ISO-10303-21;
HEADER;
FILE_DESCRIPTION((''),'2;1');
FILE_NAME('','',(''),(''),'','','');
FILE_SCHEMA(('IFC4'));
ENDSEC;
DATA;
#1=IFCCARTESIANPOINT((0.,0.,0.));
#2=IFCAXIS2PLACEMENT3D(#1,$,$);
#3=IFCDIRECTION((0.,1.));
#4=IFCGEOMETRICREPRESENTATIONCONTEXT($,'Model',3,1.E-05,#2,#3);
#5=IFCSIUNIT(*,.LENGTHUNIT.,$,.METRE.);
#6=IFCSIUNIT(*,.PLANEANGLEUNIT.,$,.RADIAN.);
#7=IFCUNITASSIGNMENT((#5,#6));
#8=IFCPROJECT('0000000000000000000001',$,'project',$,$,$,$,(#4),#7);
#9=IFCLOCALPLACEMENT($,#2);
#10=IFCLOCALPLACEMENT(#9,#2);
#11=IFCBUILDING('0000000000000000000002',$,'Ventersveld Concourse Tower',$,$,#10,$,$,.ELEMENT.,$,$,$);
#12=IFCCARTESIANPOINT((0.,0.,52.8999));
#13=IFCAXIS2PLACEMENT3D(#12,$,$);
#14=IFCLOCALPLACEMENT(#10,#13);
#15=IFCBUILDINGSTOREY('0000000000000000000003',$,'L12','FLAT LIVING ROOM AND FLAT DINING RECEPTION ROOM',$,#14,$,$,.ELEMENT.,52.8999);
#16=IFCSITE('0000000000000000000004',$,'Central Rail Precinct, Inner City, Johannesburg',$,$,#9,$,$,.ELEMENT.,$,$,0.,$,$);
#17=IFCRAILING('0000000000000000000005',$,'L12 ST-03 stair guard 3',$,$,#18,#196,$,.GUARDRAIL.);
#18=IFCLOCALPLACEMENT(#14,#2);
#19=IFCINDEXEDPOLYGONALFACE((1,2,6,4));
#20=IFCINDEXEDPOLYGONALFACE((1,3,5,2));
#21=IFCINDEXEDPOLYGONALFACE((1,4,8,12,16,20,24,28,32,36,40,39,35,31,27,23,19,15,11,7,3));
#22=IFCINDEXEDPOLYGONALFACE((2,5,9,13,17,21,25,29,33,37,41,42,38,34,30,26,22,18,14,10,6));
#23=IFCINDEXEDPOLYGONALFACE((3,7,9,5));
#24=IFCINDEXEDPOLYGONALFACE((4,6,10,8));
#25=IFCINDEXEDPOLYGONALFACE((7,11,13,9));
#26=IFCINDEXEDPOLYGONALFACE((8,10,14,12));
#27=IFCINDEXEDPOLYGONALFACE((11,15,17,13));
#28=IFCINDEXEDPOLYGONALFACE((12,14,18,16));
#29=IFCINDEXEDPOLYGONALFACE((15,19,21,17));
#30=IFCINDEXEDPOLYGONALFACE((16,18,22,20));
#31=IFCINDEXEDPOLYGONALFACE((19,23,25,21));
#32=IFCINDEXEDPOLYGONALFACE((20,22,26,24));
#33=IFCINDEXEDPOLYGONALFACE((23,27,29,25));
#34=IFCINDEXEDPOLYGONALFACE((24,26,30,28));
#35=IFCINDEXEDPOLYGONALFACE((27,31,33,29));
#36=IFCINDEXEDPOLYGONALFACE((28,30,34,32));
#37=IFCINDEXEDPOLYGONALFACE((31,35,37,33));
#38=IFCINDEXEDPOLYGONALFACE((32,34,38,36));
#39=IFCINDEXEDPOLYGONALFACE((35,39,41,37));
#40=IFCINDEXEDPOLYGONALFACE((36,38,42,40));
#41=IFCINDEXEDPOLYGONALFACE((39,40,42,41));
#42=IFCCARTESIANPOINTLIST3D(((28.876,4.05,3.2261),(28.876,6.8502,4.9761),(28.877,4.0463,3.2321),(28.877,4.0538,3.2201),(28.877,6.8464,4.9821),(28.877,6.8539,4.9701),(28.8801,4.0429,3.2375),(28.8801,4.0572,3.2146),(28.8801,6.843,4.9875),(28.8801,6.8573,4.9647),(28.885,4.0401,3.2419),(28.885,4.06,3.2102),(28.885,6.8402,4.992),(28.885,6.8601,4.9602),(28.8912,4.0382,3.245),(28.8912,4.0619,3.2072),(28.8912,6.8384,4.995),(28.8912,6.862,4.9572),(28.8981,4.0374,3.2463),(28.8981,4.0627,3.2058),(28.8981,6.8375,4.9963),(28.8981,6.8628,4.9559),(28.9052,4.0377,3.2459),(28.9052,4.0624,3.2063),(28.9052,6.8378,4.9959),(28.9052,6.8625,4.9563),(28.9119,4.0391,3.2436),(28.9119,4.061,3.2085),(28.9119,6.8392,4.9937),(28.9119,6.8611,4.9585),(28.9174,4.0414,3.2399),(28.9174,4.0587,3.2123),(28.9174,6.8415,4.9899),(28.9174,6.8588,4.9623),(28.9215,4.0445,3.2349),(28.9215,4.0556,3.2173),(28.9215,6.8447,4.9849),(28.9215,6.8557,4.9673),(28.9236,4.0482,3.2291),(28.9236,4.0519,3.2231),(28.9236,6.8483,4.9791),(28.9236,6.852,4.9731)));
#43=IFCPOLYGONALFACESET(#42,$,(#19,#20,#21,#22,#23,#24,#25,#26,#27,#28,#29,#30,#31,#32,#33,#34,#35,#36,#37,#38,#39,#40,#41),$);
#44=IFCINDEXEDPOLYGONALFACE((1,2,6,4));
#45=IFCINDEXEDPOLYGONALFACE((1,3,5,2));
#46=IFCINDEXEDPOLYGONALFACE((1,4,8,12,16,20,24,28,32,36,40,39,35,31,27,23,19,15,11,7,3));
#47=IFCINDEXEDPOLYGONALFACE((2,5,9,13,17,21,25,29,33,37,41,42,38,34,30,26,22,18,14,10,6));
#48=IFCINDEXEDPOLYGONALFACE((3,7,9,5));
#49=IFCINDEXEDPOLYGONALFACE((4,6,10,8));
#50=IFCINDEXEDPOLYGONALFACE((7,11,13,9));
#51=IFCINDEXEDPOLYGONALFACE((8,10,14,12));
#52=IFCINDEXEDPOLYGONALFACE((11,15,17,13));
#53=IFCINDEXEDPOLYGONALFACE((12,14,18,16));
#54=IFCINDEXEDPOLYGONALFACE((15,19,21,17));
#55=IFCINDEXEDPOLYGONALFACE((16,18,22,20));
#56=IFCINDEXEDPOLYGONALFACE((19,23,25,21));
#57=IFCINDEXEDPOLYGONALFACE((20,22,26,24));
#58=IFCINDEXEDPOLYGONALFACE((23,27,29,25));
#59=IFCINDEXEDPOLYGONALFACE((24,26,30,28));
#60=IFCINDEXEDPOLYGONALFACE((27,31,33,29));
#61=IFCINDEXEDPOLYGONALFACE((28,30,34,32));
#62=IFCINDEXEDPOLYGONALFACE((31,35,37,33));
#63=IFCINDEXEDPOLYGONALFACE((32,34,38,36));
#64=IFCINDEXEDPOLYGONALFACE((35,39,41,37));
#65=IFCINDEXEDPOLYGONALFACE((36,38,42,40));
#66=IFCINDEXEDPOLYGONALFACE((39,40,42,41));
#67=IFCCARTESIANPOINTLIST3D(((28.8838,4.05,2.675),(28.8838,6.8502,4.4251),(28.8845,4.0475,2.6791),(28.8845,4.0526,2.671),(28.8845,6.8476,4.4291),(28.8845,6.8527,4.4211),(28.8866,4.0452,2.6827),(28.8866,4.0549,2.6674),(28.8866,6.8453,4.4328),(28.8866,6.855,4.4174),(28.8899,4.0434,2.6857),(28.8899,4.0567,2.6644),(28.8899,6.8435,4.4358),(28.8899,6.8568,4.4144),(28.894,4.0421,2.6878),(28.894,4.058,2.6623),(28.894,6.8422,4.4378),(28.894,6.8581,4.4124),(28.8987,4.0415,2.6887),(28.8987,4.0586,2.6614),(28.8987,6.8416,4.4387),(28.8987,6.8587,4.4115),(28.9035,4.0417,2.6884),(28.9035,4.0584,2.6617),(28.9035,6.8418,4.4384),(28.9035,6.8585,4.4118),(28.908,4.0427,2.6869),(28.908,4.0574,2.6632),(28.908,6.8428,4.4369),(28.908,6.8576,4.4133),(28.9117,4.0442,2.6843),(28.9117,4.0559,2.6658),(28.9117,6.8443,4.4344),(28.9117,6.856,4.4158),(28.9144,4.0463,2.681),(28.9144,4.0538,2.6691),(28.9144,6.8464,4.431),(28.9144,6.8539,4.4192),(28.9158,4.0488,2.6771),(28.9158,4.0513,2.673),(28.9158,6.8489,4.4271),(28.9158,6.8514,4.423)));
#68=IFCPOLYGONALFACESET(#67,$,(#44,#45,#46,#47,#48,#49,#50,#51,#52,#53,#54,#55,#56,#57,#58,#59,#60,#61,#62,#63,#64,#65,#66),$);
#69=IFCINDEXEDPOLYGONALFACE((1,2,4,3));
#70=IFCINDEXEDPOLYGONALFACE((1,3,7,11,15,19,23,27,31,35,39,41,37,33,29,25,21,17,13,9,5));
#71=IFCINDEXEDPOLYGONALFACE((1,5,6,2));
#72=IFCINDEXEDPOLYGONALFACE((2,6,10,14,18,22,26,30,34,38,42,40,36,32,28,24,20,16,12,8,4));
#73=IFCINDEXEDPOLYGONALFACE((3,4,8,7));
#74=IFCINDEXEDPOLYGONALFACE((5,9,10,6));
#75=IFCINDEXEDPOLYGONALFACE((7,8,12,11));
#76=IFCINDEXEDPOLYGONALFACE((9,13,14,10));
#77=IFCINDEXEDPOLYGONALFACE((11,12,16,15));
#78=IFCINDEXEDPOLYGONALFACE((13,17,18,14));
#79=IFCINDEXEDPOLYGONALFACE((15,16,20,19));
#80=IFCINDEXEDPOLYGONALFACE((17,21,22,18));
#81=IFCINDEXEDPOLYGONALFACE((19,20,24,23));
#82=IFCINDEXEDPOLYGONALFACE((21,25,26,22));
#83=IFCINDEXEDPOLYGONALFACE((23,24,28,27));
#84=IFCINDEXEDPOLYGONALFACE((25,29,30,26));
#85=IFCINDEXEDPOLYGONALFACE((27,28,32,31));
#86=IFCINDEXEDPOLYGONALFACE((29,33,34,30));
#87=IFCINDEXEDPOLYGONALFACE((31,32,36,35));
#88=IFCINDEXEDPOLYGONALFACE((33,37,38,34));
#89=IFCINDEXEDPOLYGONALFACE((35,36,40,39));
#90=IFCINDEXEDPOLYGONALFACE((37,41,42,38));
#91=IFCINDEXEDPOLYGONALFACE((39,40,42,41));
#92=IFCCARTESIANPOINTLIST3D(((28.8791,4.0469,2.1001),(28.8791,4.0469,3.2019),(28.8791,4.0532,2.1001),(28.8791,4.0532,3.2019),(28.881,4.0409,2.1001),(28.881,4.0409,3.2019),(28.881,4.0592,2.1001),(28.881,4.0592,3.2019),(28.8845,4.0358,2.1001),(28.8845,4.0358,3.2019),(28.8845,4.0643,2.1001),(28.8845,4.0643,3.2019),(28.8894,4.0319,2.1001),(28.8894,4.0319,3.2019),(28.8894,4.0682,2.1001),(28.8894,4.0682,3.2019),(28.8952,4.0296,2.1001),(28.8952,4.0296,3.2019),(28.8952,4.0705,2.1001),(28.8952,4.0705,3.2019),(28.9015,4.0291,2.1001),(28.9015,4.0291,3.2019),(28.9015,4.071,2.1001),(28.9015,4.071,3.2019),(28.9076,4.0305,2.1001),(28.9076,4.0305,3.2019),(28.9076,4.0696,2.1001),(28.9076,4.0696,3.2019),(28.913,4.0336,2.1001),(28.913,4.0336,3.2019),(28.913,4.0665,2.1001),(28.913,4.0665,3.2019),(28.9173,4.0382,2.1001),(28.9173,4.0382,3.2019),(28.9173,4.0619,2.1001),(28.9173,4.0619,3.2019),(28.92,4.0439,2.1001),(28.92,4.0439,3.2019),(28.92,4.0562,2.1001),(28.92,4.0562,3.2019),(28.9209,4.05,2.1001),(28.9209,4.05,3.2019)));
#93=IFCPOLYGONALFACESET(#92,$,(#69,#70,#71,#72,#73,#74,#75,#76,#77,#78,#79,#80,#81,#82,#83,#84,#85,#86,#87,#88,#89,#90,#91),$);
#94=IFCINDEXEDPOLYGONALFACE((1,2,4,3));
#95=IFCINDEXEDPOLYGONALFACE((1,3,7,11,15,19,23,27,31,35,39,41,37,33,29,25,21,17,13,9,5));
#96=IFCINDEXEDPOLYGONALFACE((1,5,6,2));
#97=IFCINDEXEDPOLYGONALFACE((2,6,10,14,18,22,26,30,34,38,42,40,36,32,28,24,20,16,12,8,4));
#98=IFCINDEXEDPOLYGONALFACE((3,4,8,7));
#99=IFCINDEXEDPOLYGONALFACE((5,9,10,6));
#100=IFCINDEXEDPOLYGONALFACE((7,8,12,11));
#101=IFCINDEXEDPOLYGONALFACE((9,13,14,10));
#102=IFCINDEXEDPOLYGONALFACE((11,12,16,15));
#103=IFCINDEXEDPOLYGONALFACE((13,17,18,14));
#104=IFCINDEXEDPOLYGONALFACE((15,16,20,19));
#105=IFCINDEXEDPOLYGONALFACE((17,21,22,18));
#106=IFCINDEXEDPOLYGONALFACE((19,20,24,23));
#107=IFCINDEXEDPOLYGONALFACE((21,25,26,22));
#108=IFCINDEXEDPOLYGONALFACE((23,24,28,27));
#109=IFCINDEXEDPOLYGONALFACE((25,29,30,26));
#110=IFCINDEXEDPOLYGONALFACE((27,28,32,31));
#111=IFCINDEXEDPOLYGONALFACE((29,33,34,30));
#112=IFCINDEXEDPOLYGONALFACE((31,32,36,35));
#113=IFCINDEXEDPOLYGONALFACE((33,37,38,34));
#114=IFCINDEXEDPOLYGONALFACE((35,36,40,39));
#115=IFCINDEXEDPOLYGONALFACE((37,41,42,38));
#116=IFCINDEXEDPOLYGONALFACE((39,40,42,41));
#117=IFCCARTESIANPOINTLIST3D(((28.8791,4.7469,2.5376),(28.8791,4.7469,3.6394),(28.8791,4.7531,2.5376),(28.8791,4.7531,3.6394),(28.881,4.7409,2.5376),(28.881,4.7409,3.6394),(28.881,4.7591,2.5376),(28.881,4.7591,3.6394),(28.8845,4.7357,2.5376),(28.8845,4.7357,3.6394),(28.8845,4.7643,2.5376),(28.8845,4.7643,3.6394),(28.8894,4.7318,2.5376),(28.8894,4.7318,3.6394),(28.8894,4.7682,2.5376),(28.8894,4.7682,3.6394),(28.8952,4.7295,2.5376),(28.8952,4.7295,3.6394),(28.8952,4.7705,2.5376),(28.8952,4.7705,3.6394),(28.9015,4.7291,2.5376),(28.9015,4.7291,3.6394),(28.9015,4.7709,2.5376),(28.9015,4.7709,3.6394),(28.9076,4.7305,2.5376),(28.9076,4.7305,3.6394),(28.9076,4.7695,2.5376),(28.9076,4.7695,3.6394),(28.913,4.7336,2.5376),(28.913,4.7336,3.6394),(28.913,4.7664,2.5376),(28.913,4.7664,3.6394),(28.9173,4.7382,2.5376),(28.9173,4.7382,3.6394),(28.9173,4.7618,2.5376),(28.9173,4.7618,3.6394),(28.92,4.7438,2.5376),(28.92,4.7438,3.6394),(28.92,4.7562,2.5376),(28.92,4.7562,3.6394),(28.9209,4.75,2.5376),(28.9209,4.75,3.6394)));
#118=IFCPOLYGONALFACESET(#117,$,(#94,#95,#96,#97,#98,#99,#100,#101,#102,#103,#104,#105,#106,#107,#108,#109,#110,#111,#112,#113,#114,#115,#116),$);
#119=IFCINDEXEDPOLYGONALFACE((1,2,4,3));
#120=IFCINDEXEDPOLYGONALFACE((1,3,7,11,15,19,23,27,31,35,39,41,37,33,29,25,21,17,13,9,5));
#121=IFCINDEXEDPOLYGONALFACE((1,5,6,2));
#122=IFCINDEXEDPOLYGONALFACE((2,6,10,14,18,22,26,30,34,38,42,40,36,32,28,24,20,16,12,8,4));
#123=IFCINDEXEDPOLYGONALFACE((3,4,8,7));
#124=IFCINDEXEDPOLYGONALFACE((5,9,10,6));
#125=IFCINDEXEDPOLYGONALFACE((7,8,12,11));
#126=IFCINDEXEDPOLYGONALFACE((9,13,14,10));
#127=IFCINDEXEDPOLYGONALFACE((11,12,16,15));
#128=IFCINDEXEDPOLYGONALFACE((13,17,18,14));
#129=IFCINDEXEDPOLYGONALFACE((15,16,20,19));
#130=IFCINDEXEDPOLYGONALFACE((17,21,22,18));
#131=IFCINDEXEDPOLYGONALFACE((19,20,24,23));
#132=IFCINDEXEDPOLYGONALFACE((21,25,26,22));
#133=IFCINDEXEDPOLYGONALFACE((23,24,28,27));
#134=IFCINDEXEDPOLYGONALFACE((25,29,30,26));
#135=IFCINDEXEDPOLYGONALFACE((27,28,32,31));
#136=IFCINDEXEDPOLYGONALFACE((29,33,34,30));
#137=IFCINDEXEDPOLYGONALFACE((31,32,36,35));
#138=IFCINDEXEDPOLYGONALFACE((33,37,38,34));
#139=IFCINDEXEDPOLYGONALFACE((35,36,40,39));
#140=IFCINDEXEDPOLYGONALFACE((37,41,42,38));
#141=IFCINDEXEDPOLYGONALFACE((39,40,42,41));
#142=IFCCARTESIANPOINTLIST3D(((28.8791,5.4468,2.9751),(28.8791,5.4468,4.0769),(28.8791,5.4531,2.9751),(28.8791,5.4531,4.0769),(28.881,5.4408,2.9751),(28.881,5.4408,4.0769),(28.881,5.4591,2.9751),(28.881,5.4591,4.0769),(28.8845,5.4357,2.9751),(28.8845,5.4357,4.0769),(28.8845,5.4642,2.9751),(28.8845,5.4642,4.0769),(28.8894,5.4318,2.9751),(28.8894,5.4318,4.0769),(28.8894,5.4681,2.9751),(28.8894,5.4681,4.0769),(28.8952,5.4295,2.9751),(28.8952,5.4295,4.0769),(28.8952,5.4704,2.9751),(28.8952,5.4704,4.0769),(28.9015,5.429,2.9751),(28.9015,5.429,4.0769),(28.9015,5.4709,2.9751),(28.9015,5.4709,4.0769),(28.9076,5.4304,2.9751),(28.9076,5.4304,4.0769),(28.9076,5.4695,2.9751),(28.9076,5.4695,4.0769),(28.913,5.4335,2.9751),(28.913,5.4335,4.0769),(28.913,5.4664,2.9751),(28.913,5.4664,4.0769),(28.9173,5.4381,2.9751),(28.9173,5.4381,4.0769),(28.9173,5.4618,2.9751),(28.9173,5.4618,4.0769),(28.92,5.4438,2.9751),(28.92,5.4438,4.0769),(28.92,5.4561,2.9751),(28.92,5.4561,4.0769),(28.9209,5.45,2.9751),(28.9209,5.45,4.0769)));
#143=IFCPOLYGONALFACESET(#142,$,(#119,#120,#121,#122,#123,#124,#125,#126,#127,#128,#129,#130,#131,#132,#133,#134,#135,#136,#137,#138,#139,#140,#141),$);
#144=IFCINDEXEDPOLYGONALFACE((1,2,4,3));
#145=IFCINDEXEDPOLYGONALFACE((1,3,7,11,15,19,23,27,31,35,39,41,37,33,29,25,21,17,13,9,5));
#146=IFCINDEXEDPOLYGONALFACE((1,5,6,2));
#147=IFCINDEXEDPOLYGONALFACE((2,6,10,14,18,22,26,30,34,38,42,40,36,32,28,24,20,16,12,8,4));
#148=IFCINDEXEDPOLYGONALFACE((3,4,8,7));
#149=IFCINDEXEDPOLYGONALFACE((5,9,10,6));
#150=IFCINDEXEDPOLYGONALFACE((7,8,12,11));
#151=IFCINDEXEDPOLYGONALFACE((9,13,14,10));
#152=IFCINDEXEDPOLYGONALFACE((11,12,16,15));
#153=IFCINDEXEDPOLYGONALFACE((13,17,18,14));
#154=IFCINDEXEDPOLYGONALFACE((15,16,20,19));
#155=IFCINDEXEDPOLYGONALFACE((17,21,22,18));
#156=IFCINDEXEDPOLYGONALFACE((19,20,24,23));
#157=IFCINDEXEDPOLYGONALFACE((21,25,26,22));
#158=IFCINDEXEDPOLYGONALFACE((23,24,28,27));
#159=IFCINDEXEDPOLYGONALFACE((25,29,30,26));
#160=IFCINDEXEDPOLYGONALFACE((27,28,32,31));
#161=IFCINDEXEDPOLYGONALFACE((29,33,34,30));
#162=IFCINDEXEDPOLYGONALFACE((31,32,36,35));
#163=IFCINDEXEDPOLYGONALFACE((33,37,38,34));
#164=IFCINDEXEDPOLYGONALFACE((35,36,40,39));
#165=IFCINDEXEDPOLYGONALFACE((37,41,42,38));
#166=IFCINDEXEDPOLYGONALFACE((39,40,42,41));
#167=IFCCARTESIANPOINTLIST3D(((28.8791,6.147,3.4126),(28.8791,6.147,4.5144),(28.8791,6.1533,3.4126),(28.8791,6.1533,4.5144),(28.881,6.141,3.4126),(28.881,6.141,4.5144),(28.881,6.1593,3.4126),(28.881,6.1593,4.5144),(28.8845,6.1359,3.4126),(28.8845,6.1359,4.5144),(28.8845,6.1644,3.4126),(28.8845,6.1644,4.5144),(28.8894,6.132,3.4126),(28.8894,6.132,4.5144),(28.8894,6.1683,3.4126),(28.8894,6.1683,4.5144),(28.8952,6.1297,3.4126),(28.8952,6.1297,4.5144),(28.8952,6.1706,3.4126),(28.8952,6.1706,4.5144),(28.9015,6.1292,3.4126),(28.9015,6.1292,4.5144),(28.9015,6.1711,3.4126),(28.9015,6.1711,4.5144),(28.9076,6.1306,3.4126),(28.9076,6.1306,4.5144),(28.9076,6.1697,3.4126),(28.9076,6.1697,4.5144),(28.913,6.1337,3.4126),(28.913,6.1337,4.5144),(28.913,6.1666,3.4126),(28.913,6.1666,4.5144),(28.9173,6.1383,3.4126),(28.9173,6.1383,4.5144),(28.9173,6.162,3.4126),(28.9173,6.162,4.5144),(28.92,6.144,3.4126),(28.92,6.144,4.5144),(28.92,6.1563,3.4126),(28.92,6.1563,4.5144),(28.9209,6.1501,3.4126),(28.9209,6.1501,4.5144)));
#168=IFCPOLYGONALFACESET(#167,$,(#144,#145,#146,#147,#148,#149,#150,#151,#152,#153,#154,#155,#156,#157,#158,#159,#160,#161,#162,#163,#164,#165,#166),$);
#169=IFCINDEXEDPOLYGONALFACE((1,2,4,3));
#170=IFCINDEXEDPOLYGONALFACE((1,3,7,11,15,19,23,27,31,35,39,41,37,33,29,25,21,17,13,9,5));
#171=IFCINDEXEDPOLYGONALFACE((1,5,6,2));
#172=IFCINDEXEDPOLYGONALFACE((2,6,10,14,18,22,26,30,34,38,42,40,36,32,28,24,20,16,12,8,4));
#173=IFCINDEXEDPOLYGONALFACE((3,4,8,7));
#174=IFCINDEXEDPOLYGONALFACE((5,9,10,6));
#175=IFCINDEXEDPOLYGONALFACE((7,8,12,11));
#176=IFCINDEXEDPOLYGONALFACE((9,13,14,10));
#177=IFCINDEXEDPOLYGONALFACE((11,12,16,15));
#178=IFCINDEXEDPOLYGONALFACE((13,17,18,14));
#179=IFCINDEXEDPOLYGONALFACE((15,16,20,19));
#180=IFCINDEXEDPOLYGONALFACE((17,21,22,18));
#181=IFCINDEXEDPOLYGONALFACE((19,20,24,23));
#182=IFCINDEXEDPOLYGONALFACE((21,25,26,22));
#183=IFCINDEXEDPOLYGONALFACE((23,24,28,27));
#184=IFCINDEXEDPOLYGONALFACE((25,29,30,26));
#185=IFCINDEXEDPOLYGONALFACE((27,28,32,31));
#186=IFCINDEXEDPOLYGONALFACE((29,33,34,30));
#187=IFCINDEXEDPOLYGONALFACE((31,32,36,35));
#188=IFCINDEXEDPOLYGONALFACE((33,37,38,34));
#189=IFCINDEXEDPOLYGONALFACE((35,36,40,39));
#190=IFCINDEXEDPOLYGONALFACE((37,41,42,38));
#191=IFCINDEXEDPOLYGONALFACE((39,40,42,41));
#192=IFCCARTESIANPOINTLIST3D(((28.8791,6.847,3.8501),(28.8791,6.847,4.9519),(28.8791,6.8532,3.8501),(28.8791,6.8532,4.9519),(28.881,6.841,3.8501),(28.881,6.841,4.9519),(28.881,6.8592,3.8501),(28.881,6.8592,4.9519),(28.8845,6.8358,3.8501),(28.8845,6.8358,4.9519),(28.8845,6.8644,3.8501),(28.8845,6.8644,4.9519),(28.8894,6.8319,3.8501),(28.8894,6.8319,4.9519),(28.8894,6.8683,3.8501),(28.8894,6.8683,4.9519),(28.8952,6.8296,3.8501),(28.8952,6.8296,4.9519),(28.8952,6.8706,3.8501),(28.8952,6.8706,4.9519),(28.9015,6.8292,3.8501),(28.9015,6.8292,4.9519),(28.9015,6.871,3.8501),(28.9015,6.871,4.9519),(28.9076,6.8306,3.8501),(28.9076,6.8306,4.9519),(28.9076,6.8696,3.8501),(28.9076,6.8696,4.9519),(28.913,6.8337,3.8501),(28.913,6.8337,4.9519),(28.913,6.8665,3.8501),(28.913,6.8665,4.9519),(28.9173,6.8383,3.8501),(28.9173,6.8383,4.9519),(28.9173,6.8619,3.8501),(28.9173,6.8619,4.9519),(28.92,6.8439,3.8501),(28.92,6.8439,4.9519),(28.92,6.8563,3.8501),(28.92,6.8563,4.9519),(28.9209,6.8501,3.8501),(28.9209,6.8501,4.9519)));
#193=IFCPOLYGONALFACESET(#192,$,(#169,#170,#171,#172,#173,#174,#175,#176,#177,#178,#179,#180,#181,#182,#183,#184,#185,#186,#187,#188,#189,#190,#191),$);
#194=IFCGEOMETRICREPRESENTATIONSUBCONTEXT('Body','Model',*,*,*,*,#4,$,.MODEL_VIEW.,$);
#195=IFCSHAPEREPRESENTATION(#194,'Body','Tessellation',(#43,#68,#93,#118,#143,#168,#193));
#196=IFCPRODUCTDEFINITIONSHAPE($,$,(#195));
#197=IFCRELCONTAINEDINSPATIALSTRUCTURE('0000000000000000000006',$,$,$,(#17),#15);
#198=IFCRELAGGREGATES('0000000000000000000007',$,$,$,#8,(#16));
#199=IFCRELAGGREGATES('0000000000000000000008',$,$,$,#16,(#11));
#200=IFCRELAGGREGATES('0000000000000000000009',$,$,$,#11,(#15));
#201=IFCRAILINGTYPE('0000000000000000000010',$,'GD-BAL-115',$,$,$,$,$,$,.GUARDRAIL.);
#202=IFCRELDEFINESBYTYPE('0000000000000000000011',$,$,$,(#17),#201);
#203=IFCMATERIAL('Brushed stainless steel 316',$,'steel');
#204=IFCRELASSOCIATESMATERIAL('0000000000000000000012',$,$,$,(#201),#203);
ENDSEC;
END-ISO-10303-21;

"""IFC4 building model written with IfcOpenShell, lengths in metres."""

from ifc_helpers import new_model, si_unit, direction, frame, origin, origin_2d, place, context, subcontext, project, spatial, circle, extrude, material, type_object, element, save


model = new_model("IFC4")

# Units and contexts
model_context = context("Model", 3, precision=1e-05, world=origin(), true_north=direction((0.0, 1.0)))
body_context = subcontext(model_context, "Body", "Model", "MODEL_VIEW")
ifc_project = project(units=[si_unit("LENGTHUNIT", "METRE"), si_unit("PLANEANGLEUNIT", "RADIAN")], contexts=[model_context])

# Site, building, storey
site_placement = place(None, origin())
site = spatial("IfcSite", under=ifc_project, at=site_placement, Name="Central Rail Precinct, Inner City, Johannesburg", CompositionType="ELEMENT", RefElevation=0.0)
building_placement = place(site_placement, origin())
building = spatial("IfcBuilding", under=site, at=building_placement, Name="Ventersveld Concourse Tower", CompositionType="ELEMENT")
storey_placement = place(building_placement, frame((0.0, 0.0, 52.8999)))
storey = spatial("IfcBuildingStorey", under=building, at=storey_placement, Name="L12", Description="FLAT LIVING ROOM AND FLAT DINING RECEPTION ROOM", CompositionType="ELEMENT", Elevation=52.8999)

# Railing
ifc_material_1 = material(Name="Brushed stainless steel 316", Category="steel")
railing_type_1 = type_object("IfcRailingType", Name="GD-BAL-115", PredefinedType="GUARDRAIL", material=ifc_material_1)
railing_1_placement = place(storey_placement, frame((28.8999, 4.05, 2.1001)))
element("IfcRailing", 1, at=railing_1_placement, inside=storey, type_object=railing_type_1, Name="L12 ST-03 stair guard 3", PredefinedType="GUARDRAIL", context=body_context, shape_type="SweptSolid", body=[
    extrude(circle(Radius=0.0239, at=origin_2d()), frame((0.0, 0.0, 1.126), z_axis=(0.0, 0.848002, 0.529992), x_axis=(-1.0, 0.0, 0.0)), (0.0, 0.0, 1.0), 3.302),
    extrude(circle(Radius=0.0161, at=origin_2d()), frame((0.0, 0.0, 0.575), z_axis=(0.0, 0.848002, 0.529992), x_axis=(-1.0, 0.0, 0.0)), (0.0, 0.0, 1.0), 3.302),
    extrude(circle(Radius=0.021, at=origin_2d()), origin(), (0.0, 0.0, 1.0), 1.1018),
    extrude(circle(Radius=0.021, at=origin_2d()), frame((0.0, 0.7, 0.4375)), (0.0, 0.0, 1.0), 1.1018),
    extrude(circle(Radius=0.021, at=origin_2d()), frame((0.0, 1.3999, 0.875)), (0.0, 0.0, 1.0), 1.1018),
    extrude(circle(Radius=0.021, at=origin_2d()), frame((0.0, 2.1001, 1.3125)), (0.0, 0.0, 1.0), 1.1018),
    extrude(circle(Radius=0.021, at=origin_2d()), frame((0.0, 2.8, 1.75)), (0.0, 0.0, 1.0), 1.1018),
])

save(model, "model.ifc")
